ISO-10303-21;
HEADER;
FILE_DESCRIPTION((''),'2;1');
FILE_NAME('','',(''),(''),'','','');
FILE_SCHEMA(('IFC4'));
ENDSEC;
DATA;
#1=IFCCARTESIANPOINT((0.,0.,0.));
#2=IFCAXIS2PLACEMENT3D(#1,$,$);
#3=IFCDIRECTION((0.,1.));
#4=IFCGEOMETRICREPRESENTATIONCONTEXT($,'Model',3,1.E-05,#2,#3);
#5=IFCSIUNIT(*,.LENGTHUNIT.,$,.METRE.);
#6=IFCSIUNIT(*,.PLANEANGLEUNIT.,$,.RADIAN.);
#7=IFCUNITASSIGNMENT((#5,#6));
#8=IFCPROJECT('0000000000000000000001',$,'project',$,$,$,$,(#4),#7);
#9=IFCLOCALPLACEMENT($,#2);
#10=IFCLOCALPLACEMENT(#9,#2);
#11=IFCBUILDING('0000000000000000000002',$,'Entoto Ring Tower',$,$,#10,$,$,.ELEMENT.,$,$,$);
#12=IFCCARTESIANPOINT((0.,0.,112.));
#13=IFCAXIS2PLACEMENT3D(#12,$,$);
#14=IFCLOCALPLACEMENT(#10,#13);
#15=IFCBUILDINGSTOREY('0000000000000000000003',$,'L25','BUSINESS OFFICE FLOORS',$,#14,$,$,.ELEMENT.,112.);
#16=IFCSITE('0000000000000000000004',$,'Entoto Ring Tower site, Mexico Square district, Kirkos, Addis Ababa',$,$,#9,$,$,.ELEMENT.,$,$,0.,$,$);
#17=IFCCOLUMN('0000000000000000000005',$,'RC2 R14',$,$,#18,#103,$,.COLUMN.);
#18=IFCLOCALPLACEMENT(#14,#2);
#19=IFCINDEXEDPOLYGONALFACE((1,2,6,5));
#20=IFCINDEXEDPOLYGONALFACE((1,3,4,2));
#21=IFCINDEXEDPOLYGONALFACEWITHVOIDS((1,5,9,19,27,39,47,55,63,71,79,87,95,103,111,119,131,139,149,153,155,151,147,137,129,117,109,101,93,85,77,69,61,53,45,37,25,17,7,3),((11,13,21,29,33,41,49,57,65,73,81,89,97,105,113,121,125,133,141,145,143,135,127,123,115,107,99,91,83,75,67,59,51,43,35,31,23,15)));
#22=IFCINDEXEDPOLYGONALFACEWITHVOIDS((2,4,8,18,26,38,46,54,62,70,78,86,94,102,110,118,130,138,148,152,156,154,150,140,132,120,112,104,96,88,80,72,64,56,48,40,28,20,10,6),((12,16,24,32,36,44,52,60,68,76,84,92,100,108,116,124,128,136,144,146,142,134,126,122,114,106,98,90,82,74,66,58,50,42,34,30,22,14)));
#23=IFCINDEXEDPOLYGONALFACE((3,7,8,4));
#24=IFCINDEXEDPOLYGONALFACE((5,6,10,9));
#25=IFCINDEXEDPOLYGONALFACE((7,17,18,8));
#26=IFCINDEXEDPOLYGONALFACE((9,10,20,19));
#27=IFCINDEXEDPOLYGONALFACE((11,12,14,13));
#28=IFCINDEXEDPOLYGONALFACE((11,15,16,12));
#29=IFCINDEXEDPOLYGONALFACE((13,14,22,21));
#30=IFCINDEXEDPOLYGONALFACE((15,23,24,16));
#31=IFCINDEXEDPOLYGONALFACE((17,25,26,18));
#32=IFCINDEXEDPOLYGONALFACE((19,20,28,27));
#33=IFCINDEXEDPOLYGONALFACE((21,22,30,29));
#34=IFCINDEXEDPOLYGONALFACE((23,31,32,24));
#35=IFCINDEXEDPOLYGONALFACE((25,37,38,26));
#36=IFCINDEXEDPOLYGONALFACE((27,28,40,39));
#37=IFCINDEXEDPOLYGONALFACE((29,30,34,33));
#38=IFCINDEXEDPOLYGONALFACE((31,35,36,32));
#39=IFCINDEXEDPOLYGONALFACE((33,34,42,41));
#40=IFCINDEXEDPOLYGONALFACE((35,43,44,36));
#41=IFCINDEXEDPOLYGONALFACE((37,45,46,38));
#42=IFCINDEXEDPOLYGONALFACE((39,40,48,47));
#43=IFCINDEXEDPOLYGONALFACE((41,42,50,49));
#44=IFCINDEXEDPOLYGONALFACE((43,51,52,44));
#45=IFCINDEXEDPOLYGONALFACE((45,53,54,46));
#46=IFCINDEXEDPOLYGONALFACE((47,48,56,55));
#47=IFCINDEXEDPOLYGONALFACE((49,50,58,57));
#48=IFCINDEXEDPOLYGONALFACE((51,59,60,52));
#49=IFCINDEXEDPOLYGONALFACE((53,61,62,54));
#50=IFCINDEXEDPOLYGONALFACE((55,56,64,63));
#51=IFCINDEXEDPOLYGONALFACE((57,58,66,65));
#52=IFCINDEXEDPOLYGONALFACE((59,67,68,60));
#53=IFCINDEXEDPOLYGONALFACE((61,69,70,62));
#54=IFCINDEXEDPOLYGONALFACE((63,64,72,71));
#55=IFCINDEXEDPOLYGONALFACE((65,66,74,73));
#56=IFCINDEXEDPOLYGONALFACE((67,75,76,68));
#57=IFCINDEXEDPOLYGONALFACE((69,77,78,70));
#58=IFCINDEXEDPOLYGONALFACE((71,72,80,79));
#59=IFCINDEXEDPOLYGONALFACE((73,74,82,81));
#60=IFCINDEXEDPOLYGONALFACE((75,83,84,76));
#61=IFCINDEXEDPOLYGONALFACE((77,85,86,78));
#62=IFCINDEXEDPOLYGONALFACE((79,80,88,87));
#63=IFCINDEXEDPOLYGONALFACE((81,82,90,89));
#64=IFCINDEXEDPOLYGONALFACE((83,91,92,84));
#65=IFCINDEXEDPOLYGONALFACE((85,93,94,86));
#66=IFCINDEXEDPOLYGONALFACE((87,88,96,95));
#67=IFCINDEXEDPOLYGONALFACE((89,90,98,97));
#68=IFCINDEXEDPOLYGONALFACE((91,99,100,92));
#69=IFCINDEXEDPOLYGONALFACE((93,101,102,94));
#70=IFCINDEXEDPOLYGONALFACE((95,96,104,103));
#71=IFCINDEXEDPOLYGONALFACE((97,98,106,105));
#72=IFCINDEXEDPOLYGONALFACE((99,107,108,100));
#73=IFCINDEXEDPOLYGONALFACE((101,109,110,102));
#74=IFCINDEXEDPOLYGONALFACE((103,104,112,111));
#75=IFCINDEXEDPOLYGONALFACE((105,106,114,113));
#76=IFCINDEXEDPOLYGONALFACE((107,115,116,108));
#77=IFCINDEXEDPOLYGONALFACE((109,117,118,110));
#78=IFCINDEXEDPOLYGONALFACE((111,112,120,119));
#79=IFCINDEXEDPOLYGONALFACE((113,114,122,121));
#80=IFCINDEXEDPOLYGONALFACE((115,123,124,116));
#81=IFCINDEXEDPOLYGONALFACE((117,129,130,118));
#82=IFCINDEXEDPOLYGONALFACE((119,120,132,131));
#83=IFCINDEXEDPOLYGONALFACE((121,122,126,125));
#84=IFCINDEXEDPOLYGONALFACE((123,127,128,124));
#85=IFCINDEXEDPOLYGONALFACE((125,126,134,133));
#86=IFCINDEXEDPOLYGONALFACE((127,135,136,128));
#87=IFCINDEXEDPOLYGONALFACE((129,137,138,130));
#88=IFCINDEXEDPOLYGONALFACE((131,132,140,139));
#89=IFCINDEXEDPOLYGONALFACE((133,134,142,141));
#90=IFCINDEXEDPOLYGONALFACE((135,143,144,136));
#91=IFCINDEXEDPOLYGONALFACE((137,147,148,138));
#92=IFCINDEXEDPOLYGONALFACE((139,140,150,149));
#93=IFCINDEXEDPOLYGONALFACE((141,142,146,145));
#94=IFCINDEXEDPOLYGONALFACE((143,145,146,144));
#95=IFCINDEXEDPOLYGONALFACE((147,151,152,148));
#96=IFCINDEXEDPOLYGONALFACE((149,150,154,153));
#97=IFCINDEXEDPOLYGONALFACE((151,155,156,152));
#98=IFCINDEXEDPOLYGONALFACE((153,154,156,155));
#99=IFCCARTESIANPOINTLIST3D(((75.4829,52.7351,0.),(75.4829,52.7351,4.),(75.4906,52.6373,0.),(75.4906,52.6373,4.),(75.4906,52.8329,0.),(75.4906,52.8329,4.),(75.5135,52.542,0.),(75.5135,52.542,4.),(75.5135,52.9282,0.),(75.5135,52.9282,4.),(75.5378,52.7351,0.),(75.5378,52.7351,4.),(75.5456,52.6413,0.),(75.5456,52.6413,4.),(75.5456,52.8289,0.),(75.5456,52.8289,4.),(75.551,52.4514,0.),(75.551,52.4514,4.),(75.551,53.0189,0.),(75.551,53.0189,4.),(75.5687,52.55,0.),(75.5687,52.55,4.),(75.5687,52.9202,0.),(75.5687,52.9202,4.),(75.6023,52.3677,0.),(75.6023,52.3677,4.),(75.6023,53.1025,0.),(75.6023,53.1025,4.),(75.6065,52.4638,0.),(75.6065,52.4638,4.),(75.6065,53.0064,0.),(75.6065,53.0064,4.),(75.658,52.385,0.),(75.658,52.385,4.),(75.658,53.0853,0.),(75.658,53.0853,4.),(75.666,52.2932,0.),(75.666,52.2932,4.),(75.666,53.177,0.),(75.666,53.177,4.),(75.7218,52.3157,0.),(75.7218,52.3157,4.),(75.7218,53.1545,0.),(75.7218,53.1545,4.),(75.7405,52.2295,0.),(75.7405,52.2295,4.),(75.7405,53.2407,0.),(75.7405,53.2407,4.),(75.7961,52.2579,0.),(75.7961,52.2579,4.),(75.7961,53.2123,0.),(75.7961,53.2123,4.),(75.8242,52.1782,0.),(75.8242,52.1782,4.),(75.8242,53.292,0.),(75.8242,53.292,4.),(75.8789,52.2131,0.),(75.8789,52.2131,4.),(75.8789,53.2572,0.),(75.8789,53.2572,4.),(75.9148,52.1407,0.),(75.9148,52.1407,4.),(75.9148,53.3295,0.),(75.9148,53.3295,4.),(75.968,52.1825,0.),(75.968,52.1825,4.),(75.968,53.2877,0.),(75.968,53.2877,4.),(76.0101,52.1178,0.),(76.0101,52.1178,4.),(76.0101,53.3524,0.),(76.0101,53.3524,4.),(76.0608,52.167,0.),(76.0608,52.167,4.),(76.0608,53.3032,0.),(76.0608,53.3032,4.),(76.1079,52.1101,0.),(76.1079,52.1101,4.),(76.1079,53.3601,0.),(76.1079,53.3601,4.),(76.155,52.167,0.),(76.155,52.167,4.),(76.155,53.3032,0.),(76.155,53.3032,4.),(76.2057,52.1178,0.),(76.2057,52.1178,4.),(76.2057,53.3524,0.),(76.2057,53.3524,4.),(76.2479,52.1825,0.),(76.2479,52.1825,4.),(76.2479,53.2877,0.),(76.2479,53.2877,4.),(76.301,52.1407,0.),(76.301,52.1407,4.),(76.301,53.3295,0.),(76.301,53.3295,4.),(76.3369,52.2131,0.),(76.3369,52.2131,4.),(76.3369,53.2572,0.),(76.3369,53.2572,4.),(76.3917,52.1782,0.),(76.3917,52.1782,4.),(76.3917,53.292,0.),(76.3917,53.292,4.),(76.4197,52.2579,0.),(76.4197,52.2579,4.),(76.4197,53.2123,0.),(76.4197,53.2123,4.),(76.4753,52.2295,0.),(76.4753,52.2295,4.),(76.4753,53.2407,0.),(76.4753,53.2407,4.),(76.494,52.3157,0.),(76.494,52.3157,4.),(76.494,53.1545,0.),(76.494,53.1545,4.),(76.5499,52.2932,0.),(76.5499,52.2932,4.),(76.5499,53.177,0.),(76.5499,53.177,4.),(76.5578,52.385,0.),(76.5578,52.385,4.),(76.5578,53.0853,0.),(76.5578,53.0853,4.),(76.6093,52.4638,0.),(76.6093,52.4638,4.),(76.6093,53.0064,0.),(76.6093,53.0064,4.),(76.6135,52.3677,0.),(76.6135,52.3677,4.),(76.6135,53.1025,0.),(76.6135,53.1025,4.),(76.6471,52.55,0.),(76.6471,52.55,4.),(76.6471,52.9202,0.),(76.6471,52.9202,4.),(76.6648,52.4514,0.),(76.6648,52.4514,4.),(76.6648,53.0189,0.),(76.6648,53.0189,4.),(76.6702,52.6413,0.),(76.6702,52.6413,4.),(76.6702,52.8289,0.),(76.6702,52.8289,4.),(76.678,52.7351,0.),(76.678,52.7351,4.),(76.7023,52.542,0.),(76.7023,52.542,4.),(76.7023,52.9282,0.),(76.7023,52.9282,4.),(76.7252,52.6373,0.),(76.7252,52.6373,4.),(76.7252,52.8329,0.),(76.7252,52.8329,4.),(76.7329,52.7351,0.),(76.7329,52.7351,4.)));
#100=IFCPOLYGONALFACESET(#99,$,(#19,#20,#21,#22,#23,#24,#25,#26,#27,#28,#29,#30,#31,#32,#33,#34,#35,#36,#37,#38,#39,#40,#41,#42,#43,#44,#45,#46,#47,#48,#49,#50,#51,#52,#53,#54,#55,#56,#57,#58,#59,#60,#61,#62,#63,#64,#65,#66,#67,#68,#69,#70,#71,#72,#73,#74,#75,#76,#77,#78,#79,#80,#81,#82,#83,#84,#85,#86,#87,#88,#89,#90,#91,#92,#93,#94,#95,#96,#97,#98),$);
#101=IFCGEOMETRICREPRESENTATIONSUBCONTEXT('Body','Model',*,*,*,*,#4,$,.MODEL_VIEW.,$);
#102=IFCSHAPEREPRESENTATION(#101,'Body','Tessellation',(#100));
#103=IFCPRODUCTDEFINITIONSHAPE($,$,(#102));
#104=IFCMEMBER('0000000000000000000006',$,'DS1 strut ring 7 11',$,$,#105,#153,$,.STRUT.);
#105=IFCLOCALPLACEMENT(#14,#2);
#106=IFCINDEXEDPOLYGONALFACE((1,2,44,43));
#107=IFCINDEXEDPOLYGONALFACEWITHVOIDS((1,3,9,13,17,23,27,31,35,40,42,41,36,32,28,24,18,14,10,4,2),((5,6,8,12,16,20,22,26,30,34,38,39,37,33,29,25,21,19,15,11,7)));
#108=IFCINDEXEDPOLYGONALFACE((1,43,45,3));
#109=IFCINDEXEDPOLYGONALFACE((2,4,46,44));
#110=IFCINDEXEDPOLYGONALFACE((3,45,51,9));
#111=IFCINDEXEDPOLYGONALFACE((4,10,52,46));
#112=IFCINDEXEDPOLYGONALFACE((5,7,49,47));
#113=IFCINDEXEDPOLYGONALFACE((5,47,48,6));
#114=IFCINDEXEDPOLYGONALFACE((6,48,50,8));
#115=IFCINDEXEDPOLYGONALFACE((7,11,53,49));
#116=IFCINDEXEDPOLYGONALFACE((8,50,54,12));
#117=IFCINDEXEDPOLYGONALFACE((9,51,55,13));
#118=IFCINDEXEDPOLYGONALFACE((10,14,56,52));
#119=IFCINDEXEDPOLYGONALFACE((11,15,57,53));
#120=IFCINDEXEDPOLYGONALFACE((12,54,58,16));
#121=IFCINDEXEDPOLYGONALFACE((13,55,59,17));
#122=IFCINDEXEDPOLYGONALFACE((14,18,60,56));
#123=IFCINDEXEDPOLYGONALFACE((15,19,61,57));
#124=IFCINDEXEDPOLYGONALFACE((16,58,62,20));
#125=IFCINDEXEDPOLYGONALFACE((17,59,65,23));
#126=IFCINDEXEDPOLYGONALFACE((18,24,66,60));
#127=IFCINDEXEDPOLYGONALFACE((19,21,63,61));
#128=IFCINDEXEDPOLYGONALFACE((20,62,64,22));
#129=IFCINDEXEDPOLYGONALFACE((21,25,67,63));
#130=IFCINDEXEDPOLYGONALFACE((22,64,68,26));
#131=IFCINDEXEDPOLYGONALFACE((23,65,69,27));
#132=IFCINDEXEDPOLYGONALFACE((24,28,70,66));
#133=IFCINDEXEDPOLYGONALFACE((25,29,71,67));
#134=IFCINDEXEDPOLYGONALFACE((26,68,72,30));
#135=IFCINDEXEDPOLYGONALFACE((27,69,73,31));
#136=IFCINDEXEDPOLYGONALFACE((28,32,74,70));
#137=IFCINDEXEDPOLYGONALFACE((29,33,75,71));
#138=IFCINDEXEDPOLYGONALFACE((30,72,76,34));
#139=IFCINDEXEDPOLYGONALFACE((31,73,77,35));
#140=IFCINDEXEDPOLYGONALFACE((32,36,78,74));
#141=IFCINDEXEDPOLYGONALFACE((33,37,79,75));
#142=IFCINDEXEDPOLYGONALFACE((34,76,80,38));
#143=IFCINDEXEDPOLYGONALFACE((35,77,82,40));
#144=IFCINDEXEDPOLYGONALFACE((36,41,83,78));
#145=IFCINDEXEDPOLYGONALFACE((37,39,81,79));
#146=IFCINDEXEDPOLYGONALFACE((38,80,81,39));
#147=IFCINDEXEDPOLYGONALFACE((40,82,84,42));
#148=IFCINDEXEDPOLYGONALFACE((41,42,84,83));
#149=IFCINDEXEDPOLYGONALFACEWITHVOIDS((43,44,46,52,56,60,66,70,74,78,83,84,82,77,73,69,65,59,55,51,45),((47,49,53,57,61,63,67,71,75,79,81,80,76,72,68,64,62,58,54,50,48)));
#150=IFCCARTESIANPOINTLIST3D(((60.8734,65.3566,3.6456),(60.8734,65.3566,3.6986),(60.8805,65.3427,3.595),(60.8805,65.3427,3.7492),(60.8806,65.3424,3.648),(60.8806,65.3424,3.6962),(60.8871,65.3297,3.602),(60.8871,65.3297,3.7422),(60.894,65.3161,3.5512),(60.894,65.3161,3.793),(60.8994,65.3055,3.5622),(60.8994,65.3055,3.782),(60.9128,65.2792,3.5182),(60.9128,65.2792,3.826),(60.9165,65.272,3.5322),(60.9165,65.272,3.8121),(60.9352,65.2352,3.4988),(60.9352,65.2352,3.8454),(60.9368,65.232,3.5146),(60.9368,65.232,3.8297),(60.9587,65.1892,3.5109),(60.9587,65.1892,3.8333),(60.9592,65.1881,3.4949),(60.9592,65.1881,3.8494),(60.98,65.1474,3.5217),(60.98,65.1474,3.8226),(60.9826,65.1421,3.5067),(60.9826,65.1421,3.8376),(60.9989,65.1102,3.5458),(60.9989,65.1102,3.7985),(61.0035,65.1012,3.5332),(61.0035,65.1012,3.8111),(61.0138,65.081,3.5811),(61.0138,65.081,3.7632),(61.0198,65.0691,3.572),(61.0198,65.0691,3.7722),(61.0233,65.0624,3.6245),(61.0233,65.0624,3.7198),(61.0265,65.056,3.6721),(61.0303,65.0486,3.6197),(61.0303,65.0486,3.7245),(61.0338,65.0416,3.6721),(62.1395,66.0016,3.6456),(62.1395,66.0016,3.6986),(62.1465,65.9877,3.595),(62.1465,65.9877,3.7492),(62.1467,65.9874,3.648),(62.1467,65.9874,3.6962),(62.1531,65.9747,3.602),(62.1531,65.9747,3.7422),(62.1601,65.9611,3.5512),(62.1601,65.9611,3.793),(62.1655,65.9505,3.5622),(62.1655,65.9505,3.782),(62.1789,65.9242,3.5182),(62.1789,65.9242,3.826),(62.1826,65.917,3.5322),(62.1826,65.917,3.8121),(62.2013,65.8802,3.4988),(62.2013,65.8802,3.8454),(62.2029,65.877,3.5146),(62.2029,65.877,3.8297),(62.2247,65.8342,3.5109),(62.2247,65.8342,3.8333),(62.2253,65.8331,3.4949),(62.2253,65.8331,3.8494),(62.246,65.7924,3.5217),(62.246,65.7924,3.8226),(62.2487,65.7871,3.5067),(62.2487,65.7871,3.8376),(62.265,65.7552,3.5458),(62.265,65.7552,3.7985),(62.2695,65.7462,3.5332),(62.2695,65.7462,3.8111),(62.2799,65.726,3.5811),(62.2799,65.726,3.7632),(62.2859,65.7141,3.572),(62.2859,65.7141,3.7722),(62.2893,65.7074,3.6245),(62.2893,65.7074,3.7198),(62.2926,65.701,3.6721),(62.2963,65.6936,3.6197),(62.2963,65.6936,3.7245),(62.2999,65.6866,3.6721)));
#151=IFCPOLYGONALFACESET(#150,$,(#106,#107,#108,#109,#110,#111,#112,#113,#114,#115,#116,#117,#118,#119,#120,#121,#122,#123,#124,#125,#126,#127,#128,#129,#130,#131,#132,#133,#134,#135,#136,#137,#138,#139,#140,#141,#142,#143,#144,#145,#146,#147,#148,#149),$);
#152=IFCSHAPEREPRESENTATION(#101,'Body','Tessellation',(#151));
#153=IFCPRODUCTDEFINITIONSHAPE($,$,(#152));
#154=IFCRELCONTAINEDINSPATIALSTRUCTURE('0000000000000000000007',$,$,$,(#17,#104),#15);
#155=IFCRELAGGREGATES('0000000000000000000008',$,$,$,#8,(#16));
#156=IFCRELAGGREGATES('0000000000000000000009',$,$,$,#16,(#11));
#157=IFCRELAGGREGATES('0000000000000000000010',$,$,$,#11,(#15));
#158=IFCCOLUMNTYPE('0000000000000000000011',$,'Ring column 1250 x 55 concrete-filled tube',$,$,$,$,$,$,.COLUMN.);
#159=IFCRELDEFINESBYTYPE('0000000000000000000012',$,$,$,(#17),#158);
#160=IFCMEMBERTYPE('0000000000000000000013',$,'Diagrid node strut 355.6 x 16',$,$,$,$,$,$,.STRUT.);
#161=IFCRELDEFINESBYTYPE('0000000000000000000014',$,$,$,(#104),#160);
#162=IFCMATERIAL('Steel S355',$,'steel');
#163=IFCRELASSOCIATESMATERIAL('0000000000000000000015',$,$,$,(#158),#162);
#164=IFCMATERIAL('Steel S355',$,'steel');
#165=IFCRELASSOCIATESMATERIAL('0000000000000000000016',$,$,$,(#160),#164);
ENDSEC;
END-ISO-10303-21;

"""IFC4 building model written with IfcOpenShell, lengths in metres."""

from ifc_helpers import new_model, si_unit, direction, frame, origin, origin_2d, place, context, subcontext, project, spatial, circle, hollow_circle, extrude, material, material_profile, profile_set, type_object, element, save


model = new_model("IFC4")

# Units and contexts
model_context = context("Model", 3, precision=1e-05, world=origin(), true_north=direction((0.0, 1.0)))
body_context = subcontext(model_context, "Body", "Model", "MODEL_VIEW")
ifc_project = project(units=[si_unit("LENGTHUNIT", "METRE"), si_unit("PLANEANGLEUNIT", "RADIAN")], contexts=[model_context])

# Site, building, storey
site_placement = place(None, origin())
site = spatial("IfcSite", under=ifc_project, at=site_placement, Name="Entoto Ring Tower site, Mexico Square district, Kirkos, Addis Ababa", CompositionType="ELEMENT", RefElevation=0.0)
building_placement = place(site_placement, origin())
building = spatial("IfcBuilding", under=site, at=building_placement, Name="Entoto Ring Tower", CompositionType="ELEMENT")
storey_placement = place(building_placement, frame((0.0, 0.0, 112.0)))
storey = spatial("IfcBuildingStorey", under=building, at=storey_placement, Name="L25", Description="BUSINESS OFFICE FLOORS", CompositionType="ELEMENT", Elevation=112.0)

# Column
ifc_material_1 = material(Name="Steel S355", Category="steel")
ifc_material_profile_1 = material_profile(ifc_material_1, hollow_circle(Radius=0.625, WallThickness=0.0549, at=origin_2d()), Name="CHS 1250 x 55")
ifc_material_2 = material(Name="Concrete C60/75", Category="concrete")
ifc_material_profile_2 = material_profile(ifc_material_2, circle(Radius=0.5701, at=origin_2d()), Name="Concrete C60/75 infill")
ifc_profile_set_1 = profile_set([ifc_material_profile_1, ifc_material_profile_2], Name="Steel S355")
column_type = type_object("IfcColumnType", Name="Ring column 1250 x 55 concrete-filled tube", PredefinedType="COLUMN", material=ifc_profile_set_1)
for number, where, z_axis, x_axis, name in (
    (1, (76.1079, 52.7351, 0.0), (0.0, 0.0, 1.0), (1.0, 0.0, 0.0), "RC2 R14"),
):
    element("IfcColumn", number, at=place(storey_placement, frame(where, z_axis=z_axis, x_axis=x_axis)), inside=storey, type_object=column_type, Name=name, PredefinedType="COLUMN", context=body_context, shape_type="SweptSolid", body=[
        extrude(hollow_circle(Radius=0.625, WallThickness=0.0549, at=origin_2d()), origin(), (0.0, 0.0, 1.0), 4.0),
    ])

# Member
ifc_material_3 = material(Name="Steel S355", Category="steel")
ifc_material_profile_3 = material_profile(ifc_material_3, hollow_circle(Radius=0.1777, WallThickness=0.0161, at=origin_2d()), Name="CHS 355.6 x 16")
ifc_material_4 = material(Name="Concrete C60/75", Category="concrete")
ifc_material_profile_4 = material_profile(ifc_material_4, circle(Radius=0.1619, at=origin_2d()), Name="Concrete C60/75 infill")
ifc_profile_set_2 = profile_set([ifc_material_profile_3, ifc_material_profile_4], Name="Steel S355")
member_type = type_object("IfcMemberType", Name="Diagrid node strut 355.6 x 16", PredefinedType="STRUT", material=ifc_profile_set_2)
member_1_placement = place(storey_placement, frame((62.2192, 65.845, 3.6721), z_axis=(-0.891034, -0.453936, 0.0), x_axis=(0.453936, -0.891034, 0.0)))
element("IfcMember", 2, at=member_1_placement, inside=storey, type_object=member_type, Name="DS1 strut ring 7 11", PredefinedType="STRUT", context=body_context, shape_type="SweptSolid", body=[
    extrude(hollow_circle(Radius=0.1777, WallThickness=0.0161, at=origin_2d()), origin(), (0.0, 0.0, 1.0), 1.4209),
])

save(model, "model.ifc")
